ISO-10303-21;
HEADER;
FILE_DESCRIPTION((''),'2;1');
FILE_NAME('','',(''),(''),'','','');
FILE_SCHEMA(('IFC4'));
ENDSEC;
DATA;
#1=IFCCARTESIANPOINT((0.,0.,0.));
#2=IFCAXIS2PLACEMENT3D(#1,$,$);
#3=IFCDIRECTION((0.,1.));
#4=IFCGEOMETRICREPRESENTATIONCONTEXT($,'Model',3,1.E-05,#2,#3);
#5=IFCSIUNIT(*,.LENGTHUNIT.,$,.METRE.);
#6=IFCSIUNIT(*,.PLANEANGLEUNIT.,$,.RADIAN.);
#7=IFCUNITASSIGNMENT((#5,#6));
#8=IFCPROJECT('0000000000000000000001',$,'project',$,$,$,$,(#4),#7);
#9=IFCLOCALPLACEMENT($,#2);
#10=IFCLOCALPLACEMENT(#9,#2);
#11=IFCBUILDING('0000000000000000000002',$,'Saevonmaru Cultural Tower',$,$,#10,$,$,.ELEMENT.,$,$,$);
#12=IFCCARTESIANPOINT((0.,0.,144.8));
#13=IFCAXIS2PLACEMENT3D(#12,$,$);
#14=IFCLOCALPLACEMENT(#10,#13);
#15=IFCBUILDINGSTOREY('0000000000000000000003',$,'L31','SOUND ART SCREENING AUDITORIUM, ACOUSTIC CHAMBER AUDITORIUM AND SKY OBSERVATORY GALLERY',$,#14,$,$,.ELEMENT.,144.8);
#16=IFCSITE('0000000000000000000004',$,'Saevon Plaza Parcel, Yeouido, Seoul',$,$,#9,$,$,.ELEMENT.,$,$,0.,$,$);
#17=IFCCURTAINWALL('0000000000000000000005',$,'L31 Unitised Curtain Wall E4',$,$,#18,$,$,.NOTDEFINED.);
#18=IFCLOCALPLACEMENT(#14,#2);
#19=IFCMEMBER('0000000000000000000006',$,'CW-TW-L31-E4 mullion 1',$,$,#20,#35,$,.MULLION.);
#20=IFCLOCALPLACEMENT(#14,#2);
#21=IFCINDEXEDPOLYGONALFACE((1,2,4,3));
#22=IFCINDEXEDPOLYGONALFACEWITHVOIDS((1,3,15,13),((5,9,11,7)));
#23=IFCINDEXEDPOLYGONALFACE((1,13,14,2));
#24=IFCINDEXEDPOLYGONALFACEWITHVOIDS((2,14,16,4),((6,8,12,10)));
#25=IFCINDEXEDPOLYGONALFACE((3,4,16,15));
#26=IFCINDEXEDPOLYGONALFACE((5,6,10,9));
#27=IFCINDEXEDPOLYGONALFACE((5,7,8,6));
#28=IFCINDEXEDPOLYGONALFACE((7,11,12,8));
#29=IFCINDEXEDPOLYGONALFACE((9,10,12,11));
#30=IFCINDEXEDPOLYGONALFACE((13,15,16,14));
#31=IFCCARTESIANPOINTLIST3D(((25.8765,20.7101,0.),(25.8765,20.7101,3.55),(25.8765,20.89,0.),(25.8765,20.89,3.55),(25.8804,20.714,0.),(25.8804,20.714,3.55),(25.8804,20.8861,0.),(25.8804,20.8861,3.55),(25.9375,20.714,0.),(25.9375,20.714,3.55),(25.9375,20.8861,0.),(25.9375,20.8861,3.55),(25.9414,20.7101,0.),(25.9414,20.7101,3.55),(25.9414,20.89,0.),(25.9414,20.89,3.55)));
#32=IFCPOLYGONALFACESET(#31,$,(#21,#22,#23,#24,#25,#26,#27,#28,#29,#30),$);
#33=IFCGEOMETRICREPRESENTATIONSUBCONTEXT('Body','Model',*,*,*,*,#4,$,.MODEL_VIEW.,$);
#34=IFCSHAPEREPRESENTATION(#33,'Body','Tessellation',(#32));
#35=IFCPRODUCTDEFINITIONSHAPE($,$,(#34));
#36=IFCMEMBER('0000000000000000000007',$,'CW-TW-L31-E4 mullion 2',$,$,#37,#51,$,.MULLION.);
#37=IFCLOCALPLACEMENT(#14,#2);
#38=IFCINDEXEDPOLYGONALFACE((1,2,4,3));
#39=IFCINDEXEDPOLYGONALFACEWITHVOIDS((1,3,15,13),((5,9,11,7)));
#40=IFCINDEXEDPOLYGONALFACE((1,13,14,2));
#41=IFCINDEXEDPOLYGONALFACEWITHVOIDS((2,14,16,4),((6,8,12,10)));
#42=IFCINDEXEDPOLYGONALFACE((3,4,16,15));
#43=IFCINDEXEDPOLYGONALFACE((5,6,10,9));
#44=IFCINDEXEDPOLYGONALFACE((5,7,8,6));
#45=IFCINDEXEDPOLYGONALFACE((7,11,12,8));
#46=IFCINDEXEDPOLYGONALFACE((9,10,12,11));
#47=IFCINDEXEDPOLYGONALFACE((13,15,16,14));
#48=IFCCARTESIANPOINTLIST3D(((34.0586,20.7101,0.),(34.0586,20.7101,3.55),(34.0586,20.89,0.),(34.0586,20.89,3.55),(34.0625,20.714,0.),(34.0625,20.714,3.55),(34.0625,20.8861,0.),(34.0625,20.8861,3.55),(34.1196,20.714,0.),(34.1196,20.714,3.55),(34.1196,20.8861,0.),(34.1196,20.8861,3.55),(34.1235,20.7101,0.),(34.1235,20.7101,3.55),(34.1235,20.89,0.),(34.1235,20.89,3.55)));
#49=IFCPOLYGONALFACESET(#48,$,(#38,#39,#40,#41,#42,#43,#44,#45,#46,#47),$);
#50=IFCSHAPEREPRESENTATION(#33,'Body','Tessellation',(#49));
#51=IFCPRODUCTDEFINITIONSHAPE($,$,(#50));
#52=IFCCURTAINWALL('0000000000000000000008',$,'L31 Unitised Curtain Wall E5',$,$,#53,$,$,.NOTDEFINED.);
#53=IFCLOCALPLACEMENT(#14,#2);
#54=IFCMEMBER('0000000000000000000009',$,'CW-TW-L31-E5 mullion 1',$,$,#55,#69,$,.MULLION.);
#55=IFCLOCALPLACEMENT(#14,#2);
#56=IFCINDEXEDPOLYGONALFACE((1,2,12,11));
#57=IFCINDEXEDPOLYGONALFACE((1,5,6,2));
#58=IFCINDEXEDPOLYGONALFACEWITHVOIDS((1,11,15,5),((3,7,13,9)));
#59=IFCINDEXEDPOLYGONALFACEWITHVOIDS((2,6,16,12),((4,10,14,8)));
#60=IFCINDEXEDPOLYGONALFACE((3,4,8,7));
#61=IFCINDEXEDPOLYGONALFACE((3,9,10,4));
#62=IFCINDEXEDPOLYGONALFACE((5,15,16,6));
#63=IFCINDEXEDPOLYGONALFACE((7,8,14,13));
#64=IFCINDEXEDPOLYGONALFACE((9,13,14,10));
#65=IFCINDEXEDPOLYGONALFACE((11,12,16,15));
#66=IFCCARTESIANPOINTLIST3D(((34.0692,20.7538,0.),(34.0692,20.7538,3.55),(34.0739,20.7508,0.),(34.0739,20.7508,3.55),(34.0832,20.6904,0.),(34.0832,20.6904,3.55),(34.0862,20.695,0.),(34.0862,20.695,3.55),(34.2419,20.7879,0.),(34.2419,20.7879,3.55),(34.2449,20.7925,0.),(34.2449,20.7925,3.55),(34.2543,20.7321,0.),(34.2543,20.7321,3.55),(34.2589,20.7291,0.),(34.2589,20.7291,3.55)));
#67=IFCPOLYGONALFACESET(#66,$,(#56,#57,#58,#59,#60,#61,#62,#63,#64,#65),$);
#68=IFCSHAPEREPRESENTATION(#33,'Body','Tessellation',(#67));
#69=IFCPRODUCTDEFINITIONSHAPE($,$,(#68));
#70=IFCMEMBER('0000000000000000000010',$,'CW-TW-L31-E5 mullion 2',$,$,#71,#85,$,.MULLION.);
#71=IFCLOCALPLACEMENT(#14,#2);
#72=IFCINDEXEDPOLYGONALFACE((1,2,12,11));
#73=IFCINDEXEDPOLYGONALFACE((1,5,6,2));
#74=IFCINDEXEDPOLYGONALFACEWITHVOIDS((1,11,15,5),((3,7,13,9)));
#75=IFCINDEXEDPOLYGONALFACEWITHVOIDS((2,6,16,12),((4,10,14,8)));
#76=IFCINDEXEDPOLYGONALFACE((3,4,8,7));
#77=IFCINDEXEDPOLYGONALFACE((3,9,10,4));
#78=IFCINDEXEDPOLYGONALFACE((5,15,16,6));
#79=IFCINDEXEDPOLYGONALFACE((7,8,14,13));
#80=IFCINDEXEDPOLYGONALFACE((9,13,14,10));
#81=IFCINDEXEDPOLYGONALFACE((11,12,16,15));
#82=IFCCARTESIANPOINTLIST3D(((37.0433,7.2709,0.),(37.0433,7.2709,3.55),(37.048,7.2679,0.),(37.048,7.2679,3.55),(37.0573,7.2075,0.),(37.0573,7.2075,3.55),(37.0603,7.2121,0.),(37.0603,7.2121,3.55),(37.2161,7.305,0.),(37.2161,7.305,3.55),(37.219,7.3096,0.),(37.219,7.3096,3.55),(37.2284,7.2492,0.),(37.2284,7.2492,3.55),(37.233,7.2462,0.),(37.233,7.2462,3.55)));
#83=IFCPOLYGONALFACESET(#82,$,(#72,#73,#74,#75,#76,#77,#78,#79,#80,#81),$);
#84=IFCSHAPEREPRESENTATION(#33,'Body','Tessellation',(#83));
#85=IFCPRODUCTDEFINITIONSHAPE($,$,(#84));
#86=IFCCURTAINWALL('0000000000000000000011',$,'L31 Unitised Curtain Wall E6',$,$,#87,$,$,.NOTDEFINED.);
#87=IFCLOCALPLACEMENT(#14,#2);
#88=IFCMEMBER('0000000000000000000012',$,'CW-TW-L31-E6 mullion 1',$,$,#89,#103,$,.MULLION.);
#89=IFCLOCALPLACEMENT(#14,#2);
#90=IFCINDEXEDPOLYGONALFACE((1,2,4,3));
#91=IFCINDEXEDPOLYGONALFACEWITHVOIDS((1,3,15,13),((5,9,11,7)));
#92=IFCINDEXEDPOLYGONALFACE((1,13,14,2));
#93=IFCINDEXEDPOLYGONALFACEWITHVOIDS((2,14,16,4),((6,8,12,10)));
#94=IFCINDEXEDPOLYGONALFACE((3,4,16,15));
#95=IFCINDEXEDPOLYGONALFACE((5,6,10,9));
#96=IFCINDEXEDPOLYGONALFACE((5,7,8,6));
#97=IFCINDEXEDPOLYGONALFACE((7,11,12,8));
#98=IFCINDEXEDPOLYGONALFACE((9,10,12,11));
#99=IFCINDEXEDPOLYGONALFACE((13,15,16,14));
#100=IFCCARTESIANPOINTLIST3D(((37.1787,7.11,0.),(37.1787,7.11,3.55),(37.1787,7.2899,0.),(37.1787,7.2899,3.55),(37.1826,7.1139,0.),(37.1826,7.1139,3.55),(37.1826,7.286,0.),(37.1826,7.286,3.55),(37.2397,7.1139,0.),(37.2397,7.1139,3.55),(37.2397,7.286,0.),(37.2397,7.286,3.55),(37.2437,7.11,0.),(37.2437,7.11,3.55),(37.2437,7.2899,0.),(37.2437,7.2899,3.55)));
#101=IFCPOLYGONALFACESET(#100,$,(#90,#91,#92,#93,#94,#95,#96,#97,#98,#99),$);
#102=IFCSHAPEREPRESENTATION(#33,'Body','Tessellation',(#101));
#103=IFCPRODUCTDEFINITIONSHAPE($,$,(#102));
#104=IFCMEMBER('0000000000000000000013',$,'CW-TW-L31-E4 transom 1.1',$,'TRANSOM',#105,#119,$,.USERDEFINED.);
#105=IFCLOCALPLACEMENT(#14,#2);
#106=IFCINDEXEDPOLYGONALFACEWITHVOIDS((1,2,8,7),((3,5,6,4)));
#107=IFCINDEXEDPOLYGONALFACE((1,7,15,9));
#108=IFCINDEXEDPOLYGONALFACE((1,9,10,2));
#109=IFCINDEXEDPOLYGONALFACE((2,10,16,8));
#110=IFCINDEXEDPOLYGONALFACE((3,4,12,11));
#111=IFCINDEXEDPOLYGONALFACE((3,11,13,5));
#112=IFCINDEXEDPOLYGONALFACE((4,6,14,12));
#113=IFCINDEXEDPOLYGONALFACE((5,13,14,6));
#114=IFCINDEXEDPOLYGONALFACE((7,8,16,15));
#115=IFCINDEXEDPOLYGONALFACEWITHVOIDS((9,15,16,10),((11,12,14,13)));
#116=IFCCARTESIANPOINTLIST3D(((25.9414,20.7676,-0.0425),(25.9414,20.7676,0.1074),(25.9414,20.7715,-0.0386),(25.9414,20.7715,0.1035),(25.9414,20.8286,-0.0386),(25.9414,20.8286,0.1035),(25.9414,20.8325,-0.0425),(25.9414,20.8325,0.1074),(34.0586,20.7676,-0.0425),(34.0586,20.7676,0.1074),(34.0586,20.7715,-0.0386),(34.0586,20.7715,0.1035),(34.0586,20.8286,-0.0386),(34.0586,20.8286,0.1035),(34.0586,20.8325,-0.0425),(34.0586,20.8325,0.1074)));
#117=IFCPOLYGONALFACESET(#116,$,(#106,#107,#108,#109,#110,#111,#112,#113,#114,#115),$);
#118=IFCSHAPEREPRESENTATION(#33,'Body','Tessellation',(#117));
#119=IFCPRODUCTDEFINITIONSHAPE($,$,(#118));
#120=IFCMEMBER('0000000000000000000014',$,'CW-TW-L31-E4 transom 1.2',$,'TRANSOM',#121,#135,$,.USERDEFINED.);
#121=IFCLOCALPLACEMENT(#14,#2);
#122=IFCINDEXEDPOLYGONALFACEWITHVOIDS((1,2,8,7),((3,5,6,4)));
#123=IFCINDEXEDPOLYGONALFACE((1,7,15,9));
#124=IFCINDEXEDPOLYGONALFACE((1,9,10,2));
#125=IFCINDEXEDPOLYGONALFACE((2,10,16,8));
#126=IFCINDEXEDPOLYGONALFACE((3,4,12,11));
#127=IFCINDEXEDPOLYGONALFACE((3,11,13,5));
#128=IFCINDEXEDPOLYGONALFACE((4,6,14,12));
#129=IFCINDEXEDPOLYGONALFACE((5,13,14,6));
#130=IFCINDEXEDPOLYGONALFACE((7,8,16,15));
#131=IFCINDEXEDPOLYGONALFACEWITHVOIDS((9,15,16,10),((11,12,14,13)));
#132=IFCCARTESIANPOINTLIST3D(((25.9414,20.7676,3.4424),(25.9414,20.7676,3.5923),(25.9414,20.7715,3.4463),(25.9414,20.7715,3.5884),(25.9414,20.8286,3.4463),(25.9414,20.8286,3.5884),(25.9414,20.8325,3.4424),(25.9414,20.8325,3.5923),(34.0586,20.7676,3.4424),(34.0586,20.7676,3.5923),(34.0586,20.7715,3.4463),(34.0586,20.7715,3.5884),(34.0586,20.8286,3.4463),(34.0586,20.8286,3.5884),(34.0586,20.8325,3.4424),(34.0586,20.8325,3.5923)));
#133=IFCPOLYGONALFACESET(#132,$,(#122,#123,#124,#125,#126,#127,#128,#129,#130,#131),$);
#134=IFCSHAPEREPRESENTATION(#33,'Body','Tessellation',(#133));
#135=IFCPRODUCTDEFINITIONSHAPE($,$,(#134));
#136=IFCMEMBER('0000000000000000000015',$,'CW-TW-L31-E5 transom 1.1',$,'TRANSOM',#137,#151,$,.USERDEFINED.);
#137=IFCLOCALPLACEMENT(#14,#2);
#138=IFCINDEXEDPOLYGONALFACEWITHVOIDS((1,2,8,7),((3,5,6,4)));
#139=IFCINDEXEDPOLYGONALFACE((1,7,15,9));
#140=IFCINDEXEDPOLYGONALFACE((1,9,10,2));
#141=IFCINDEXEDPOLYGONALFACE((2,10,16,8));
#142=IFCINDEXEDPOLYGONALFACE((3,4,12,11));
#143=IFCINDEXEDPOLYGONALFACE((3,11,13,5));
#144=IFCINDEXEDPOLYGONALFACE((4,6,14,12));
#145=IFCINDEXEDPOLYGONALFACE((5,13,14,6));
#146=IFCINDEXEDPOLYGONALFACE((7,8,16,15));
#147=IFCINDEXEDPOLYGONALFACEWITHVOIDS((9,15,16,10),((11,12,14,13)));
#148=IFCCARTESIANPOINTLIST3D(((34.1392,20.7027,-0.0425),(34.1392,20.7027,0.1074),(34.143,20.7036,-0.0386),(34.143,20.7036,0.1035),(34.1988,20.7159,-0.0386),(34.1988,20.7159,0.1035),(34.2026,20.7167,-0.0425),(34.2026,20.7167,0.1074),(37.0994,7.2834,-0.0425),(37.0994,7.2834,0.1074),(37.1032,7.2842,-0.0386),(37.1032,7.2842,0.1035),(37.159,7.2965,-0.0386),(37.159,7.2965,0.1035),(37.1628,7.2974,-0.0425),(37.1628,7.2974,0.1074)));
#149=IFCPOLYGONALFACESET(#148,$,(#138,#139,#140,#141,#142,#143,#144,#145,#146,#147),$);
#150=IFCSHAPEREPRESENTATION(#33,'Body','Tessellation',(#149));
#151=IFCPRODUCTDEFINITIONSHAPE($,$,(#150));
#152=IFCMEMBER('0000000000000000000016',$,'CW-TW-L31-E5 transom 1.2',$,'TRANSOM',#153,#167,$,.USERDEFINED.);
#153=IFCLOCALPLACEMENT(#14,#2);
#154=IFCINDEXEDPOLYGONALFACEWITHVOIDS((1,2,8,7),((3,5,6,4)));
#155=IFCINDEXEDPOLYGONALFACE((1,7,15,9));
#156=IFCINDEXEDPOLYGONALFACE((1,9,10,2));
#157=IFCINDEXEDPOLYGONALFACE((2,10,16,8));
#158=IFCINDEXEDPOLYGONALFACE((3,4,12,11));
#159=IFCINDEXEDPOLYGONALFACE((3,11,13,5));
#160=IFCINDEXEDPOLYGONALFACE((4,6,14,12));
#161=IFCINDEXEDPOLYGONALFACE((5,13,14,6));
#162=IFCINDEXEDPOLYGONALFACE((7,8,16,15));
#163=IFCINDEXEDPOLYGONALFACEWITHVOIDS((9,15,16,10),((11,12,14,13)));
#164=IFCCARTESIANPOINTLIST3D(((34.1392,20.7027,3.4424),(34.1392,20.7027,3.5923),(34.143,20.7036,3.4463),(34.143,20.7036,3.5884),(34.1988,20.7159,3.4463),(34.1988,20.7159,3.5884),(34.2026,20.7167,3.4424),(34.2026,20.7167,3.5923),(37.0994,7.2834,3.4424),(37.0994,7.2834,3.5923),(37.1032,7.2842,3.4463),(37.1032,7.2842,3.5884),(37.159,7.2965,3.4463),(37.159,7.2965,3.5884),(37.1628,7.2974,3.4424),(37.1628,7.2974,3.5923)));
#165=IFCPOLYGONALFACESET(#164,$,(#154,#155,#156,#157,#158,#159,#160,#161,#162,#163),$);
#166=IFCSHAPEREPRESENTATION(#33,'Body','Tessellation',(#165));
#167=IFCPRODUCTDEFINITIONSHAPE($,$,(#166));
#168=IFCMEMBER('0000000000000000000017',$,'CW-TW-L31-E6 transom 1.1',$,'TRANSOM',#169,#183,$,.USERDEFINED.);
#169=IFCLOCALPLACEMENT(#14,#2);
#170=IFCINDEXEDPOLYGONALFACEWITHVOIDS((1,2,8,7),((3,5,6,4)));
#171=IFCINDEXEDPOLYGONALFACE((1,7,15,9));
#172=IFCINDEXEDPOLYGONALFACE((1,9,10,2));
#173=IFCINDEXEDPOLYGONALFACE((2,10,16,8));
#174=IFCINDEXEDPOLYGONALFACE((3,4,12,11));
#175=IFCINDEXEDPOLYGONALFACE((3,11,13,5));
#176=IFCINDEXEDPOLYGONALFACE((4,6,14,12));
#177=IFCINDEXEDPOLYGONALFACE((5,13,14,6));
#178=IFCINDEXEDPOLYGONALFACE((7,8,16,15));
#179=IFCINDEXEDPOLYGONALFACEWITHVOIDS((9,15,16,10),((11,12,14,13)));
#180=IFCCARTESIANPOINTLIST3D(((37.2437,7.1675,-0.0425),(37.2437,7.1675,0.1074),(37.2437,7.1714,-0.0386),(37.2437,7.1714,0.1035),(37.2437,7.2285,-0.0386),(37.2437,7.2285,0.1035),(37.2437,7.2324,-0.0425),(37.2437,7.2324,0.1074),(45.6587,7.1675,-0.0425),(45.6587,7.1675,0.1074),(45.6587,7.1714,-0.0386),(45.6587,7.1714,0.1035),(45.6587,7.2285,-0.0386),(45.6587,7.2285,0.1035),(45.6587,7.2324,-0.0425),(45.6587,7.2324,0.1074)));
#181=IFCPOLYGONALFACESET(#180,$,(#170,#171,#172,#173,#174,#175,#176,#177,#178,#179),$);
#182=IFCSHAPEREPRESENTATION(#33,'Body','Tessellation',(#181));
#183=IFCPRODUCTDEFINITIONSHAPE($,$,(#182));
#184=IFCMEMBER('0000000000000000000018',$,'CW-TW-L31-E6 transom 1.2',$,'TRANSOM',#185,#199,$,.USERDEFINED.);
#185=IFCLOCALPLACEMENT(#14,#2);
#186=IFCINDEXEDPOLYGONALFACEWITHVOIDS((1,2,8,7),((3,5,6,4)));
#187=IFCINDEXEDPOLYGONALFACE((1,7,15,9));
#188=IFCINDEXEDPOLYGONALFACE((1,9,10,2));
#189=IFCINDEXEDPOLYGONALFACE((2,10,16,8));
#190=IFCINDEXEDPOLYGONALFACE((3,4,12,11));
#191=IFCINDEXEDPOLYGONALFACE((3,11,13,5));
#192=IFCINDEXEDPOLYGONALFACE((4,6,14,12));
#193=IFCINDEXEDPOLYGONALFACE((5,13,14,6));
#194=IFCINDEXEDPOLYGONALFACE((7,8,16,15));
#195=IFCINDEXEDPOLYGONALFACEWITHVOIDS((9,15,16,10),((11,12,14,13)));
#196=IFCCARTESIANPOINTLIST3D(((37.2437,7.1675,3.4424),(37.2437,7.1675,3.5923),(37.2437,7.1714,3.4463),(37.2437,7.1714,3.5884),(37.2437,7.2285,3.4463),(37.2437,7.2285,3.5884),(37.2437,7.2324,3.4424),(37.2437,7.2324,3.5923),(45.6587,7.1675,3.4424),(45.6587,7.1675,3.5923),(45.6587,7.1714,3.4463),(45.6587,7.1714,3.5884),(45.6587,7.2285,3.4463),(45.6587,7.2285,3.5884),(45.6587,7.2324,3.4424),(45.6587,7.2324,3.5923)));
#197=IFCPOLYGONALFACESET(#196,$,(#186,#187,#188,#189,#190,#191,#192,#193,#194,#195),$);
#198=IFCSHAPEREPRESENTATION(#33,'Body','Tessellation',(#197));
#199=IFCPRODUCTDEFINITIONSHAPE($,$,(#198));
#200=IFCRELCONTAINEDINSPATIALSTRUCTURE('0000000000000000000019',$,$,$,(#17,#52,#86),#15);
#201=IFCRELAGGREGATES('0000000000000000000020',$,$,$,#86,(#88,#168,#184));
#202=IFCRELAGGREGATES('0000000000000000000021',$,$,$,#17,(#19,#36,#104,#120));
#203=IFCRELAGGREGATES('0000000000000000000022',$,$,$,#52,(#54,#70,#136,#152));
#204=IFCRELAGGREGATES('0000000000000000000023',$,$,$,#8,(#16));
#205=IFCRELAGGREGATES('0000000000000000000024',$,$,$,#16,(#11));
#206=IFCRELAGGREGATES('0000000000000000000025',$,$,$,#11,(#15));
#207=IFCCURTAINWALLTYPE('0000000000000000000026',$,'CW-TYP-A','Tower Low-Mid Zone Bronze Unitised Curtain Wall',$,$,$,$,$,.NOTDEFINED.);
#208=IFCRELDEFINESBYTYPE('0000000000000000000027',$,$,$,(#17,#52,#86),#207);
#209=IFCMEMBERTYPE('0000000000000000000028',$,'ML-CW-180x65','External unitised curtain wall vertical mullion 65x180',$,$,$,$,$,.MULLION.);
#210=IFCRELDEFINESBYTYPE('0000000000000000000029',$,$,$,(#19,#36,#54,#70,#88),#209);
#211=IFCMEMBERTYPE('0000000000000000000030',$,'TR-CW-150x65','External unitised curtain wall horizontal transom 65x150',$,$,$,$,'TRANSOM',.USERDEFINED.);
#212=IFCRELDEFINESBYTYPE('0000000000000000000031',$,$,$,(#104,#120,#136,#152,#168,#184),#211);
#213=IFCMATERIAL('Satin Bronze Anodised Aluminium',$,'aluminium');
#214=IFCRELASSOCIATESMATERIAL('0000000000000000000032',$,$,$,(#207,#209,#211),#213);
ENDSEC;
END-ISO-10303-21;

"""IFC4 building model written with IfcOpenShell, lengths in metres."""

from ifc_helpers import new_model, si_unit, direction, frame, origin, origin_2d, place, context, subcontext, project, spatial, hollow_rectangle, extrude, material, material_profile, profile_set, type_object, element, aggregate, save


model = new_model("IFC4")

# Units and contexts
model_context = context("Model", 3, precision=1e-05, world=origin(), true_north=direction((0.0, 1.0)))
body_context = subcontext(model_context, "Body", "Model", "MODEL_VIEW")
ifc_project = project(units=[si_unit("LENGTHUNIT", "METRE"), si_unit("PLANEANGLEUNIT", "RADIAN")], contexts=[model_context])

# Site, building, storey
site_placement = place(None, origin())
site = spatial("IfcSite", under=ifc_project, at=site_placement, Name="Saevon Plaza Parcel, Yeouido, Seoul", CompositionType="ELEMENT", RefElevation=0.0)
building_placement = place(site_placement, origin())
building = spatial("IfcBuilding", under=site, at=building_placement, Name="Saevonmaru Cultural Tower", CompositionType="ELEMENT")
storey_placement = place(building_placement, frame((0.0, 0.0, 144.8)))
storey = spatial("IfcBuildingStorey", under=building, at=storey_placement, Name="L31", Description="SOUND ART SCREENING AUDITORIUM, ACOUSTIC CHAMBER AUDITORIUM AND SKY OBSERVATORY GALLERY", CompositionType="ELEMENT", Elevation=144.8)

# Shared definitions
ifc_material_1 = material(Name="Satin Bronze Anodised Aluminium", Category="aluminium")
curtain_wall_type_1 = type_object("IfcCurtainWallType", Name="CW-TYP-A", Description="Tower Low-Mid Zone Bronze Unitised Curtain Wall", PredefinedType="NOTDEFINED", material=ifc_material_1)
ifc_material_profile_1 = material_profile(ifc_material_1, hollow_rectangle(XDim=0.0649, YDim=0.1799, WallThickness=0.0039, at=origin_2d()), Name="ALU-MULL-180x65x4")
ifc_profile_set_1 = profile_set([ifc_material_profile_1], Name="Satin Bronze Anodised Aluminium")
member_type_1 = type_object("IfcMemberType", Name="ML-CW-180x65", Description="External unitised curtain wall vertical mullion 65x180", PredefinedType="MULLION", material=ifc_profile_set_1)

# Curtain walls, members
curtain_wall_1_placement = place(storey_placement, origin())
curtain_wall_1 = element("IfcCurtainWall", 1, at=curtain_wall_1_placement, inside=storey, type_object=curtain_wall_type_1, Name="L31 Unitised Curtain Wall E4", PredefinedType="NOTDEFINED")
member_1_placement = place(storey_placement, frame((25.9089, 20.8, 0.0), z_axis=(0.0, 0.0, 1.0), x_axis=(1.0, 0.0, 0.0)))
member_1 = element("IfcMember", 2, at=member_1_placement, type_object=member_type_1, Name="CW-TW-L31-E4 mullion 1", PredefinedType="MULLION", context=body_context, shape_type="SweptSolid", body=[
    extrude(hollow_rectangle(XDim=0.0649, YDim=0.1799, WallThickness=0.0039, at=origin_2d()), origin(), (0.0, 0.0, 1.0), 3.55),
])
member_2_placement = place(storey_placement, frame((34.0911, 20.8, 0.0), z_axis=(0.0, 0.0, 1.0), x_axis=(1.0, 0.0, 0.0)))
member_2 = element("IfcMember", 3, at=member_2_placement, type_object=member_type_1, Name="CW-TW-L31-E4 mullion 2", PredefinedType="MULLION", context=body_context, shape_type="SweptSolid", body=[
    extrude(hollow_rectangle(XDim=0.0649, YDim=0.1799, WallThickness=0.0039, at=origin_2d()), origin(), (0.0, 0.0, 1.0), 3.55),
])
curtain_wall_2_placement = place(storey_placement, origin())
curtain_wall_2 = element("IfcCurtainWall", 4, at=curtain_wall_2_placement, inside=storey, type_object=curtain_wall_type_1, Name="L31 Unitised Curtain Wall E5", PredefinedType="NOTDEFINED")
member_3_placement = place(storey_placement, frame((34.1641, 20.7415, 0.0), z_axis=(0.0, 0.0, 1.0), x_axis=(0.215413, -0.976523, 0.0)))
member_3 = element("IfcMember", 5, at=member_3_placement, type_object=member_type_1, Name="CW-TW-L31-E5 mullion 1", PredefinedType="MULLION", context=body_context, shape_type="SweptSolid", body=[
    extrude(hollow_rectangle(XDim=0.0649, YDim=0.1799, WallThickness=0.0039, at=origin_2d()), origin(), (0.0, 0.0, 1.0), 3.55),
])
member_4_placement = place(storey_placement, frame((37.1382, 7.2585, 0.0), z_axis=(0.0, 0.0, 1.0), x_axis=(0.215413, -0.976523, 0.0)))
member_4 = element("IfcMember", 6, at=member_4_placement, type_object=member_type_1, Name="CW-TW-L31-E5 mullion 2", PredefinedType="MULLION", context=body_context, shape_type="SweptSolid", body=[
    extrude(hollow_rectangle(XDim=0.0649, YDim=0.1799, WallThickness=0.0039, at=origin_2d()), origin(), (0.0, 0.0, 1.0), 3.55),
])

# Curtain wall, member
curtain_wall_3_placement = place(storey_placement, origin())
curtain_wall_3 = element("IfcCurtainWall", 7, at=curtain_wall_3_placement, inside=storey, type_object=curtain_wall_type_1, Name="L31 Unitised Curtain Wall E6", PredefinedType="NOTDEFINED")
member_5_placement = place(storey_placement, frame((37.2112, 7.2, 0.0), z_axis=(0.0, 0.0, 1.0), x_axis=(1.0, 0.0, 0.0)))
member_5 = element("IfcMember", 8, at=member_5_placement, type_object=member_type_1, Name="CW-TW-L31-E6 mullion 1", PredefinedType="MULLION", context=body_context, shape_type="SweptSolid", body=[
    extrude(hollow_rectangle(XDim=0.0649, YDim=0.1799, WallThickness=0.0039, at=origin_2d()), origin(), (0.0, 0.0, 1.0), 3.55),
])

# Members
ifc_material_profile_2 = material_profile(ifc_material_1, hollow_rectangle(XDim=0.0649, YDim=0.1499, WallThickness=0.0039, at=origin_2d()), Name="ALU-TRAN-150x65x4")
ifc_profile_set_2 = profile_set([ifc_material_profile_2], Name="Satin Bronze Anodised Aluminium")
member_type_2 = type_object("IfcMemberType", Name="TR-CW-150x65", Description="External unitised curtain wall horizontal transom 65x150", ElementType="TRANSOM", PredefinedType="USERDEFINED", material=ifc_profile_set_2)
member_6_placement = place(storey_placement, frame((25.9414, 20.8, 0.0325), z_axis=(1.0, 0.0, 0.0), x_axis=(0.0, 1.0, 0.0)))
member_6 = element("IfcMember", 9, at=member_6_placement, type_object=member_type_2, Name="CW-TW-L31-E4 transom 1.1", ObjectType="TRANSOM", PredefinedType="USERDEFINED", context=body_context, shape_type="SweptSolid", body=[
    extrude(hollow_rectangle(XDim=0.0649, YDim=0.1499, WallThickness=0.0039, at=origin_2d()), origin(), (0.0, 0.0, 1.0), 8.1172),
])
member_7_placement = place(storey_placement, frame((25.9414, 20.8, 3.5173), z_axis=(1.0, 0.0, 0.0), x_axis=(0.0, 1.0, 0.0)))
member_7 = element("IfcMember", 10, at=member_7_placement, type_object=member_type_2, Name="CW-TW-L31-E4 transom 1.2", ObjectType="TRANSOM", PredefinedType="USERDEFINED", context=body_context, shape_type="SweptSolid", body=[
    extrude(hollow_rectangle(XDim=0.0649, YDim=0.1499, WallThickness=0.0039, at=origin_2d()), origin(), (0.0, 0.0, 1.0), 8.1172),
])
member_8_placement = place(storey_placement, frame((34.1709, 20.7097, 0.0325), z_axis=(0.215412, -0.976523, 0.0), x_axis=(0.976523, 0.215412, 0.0)))
member_8 = element("IfcMember", 11, at=member_8_placement, type_object=member_type_2, Name="CW-TW-L31-E5 transom 1.1", ObjectType="TRANSOM", PredefinedType="USERDEFINED", context=body_context, shape_type="SweptSolid", body=[
    extrude(hollow_rectangle(XDim=0.0649, YDim=0.1499, WallThickness=0.0039, at=origin_2d()), origin(), (0.0, 0.0, 1.0), 13.7419),
])
member_9_placement = place(storey_placement, frame((34.1709, 20.7097, 3.5173), z_axis=(0.215412, -0.976523, 0.0), x_axis=(0.976523, 0.215412, 0.0)))
member_9 = element("IfcMember", 12, at=member_9_placement, type_object=member_type_2, Name="CW-TW-L31-E5 transom 1.2", ObjectType="TRANSOM", PredefinedType="USERDEFINED", context=body_context, shape_type="SweptSolid", body=[
    extrude(hollow_rectangle(XDim=0.0649, YDim=0.1499, WallThickness=0.0039, at=origin_2d()), origin(), (0.0, 0.0, 1.0), 13.7419),
])
member_10_placement = place(storey_placement, frame((37.2437, 7.2, 0.0325), z_axis=(1.0, 0.0, 0.0), x_axis=(0.0, 1.0, 0.0)))
member_10 = element("IfcMember", 13, at=member_10_placement, type_object=member_type_2, Name="CW-TW-L31-E6 transom 1.1", ObjectType="TRANSOM", PredefinedType="USERDEFINED", context=body_context, shape_type="SweptSolid", body=[
    extrude(hollow_rectangle(XDim=0.0649, YDim=0.1499, WallThickness=0.0039, at=origin_2d()), origin(), (0.0, 0.0, 1.0), 8.415),
])
member_11_placement = place(storey_placement, frame((37.2437, 7.2, 3.5173), z_axis=(1.0, 0.0, 0.0), x_axis=(0.0, 1.0, 0.0)))
member_11 = element("IfcMember", 14, at=member_11_placement, type_object=member_type_2, Name="CW-TW-L31-E6 transom 1.2", ObjectType="TRANSOM", PredefinedType="USERDEFINED", context=body_context, shape_type="SweptSolid", body=[
    extrude(hollow_rectangle(XDim=0.0649, YDim=0.1499, WallThickness=0.0039, at=origin_2d()), origin(), (0.0, 0.0, 1.0), 8.415),
])
aggregate(curtain_wall_3, [member_5, member_10, member_11])

aggregate(curtain_wall_1, [member_1, member_2, member_6, member_7])
aggregate(curtain_wall_2, [member_3, member_4, member_8, member_9])

save(model, "model.ifc")
